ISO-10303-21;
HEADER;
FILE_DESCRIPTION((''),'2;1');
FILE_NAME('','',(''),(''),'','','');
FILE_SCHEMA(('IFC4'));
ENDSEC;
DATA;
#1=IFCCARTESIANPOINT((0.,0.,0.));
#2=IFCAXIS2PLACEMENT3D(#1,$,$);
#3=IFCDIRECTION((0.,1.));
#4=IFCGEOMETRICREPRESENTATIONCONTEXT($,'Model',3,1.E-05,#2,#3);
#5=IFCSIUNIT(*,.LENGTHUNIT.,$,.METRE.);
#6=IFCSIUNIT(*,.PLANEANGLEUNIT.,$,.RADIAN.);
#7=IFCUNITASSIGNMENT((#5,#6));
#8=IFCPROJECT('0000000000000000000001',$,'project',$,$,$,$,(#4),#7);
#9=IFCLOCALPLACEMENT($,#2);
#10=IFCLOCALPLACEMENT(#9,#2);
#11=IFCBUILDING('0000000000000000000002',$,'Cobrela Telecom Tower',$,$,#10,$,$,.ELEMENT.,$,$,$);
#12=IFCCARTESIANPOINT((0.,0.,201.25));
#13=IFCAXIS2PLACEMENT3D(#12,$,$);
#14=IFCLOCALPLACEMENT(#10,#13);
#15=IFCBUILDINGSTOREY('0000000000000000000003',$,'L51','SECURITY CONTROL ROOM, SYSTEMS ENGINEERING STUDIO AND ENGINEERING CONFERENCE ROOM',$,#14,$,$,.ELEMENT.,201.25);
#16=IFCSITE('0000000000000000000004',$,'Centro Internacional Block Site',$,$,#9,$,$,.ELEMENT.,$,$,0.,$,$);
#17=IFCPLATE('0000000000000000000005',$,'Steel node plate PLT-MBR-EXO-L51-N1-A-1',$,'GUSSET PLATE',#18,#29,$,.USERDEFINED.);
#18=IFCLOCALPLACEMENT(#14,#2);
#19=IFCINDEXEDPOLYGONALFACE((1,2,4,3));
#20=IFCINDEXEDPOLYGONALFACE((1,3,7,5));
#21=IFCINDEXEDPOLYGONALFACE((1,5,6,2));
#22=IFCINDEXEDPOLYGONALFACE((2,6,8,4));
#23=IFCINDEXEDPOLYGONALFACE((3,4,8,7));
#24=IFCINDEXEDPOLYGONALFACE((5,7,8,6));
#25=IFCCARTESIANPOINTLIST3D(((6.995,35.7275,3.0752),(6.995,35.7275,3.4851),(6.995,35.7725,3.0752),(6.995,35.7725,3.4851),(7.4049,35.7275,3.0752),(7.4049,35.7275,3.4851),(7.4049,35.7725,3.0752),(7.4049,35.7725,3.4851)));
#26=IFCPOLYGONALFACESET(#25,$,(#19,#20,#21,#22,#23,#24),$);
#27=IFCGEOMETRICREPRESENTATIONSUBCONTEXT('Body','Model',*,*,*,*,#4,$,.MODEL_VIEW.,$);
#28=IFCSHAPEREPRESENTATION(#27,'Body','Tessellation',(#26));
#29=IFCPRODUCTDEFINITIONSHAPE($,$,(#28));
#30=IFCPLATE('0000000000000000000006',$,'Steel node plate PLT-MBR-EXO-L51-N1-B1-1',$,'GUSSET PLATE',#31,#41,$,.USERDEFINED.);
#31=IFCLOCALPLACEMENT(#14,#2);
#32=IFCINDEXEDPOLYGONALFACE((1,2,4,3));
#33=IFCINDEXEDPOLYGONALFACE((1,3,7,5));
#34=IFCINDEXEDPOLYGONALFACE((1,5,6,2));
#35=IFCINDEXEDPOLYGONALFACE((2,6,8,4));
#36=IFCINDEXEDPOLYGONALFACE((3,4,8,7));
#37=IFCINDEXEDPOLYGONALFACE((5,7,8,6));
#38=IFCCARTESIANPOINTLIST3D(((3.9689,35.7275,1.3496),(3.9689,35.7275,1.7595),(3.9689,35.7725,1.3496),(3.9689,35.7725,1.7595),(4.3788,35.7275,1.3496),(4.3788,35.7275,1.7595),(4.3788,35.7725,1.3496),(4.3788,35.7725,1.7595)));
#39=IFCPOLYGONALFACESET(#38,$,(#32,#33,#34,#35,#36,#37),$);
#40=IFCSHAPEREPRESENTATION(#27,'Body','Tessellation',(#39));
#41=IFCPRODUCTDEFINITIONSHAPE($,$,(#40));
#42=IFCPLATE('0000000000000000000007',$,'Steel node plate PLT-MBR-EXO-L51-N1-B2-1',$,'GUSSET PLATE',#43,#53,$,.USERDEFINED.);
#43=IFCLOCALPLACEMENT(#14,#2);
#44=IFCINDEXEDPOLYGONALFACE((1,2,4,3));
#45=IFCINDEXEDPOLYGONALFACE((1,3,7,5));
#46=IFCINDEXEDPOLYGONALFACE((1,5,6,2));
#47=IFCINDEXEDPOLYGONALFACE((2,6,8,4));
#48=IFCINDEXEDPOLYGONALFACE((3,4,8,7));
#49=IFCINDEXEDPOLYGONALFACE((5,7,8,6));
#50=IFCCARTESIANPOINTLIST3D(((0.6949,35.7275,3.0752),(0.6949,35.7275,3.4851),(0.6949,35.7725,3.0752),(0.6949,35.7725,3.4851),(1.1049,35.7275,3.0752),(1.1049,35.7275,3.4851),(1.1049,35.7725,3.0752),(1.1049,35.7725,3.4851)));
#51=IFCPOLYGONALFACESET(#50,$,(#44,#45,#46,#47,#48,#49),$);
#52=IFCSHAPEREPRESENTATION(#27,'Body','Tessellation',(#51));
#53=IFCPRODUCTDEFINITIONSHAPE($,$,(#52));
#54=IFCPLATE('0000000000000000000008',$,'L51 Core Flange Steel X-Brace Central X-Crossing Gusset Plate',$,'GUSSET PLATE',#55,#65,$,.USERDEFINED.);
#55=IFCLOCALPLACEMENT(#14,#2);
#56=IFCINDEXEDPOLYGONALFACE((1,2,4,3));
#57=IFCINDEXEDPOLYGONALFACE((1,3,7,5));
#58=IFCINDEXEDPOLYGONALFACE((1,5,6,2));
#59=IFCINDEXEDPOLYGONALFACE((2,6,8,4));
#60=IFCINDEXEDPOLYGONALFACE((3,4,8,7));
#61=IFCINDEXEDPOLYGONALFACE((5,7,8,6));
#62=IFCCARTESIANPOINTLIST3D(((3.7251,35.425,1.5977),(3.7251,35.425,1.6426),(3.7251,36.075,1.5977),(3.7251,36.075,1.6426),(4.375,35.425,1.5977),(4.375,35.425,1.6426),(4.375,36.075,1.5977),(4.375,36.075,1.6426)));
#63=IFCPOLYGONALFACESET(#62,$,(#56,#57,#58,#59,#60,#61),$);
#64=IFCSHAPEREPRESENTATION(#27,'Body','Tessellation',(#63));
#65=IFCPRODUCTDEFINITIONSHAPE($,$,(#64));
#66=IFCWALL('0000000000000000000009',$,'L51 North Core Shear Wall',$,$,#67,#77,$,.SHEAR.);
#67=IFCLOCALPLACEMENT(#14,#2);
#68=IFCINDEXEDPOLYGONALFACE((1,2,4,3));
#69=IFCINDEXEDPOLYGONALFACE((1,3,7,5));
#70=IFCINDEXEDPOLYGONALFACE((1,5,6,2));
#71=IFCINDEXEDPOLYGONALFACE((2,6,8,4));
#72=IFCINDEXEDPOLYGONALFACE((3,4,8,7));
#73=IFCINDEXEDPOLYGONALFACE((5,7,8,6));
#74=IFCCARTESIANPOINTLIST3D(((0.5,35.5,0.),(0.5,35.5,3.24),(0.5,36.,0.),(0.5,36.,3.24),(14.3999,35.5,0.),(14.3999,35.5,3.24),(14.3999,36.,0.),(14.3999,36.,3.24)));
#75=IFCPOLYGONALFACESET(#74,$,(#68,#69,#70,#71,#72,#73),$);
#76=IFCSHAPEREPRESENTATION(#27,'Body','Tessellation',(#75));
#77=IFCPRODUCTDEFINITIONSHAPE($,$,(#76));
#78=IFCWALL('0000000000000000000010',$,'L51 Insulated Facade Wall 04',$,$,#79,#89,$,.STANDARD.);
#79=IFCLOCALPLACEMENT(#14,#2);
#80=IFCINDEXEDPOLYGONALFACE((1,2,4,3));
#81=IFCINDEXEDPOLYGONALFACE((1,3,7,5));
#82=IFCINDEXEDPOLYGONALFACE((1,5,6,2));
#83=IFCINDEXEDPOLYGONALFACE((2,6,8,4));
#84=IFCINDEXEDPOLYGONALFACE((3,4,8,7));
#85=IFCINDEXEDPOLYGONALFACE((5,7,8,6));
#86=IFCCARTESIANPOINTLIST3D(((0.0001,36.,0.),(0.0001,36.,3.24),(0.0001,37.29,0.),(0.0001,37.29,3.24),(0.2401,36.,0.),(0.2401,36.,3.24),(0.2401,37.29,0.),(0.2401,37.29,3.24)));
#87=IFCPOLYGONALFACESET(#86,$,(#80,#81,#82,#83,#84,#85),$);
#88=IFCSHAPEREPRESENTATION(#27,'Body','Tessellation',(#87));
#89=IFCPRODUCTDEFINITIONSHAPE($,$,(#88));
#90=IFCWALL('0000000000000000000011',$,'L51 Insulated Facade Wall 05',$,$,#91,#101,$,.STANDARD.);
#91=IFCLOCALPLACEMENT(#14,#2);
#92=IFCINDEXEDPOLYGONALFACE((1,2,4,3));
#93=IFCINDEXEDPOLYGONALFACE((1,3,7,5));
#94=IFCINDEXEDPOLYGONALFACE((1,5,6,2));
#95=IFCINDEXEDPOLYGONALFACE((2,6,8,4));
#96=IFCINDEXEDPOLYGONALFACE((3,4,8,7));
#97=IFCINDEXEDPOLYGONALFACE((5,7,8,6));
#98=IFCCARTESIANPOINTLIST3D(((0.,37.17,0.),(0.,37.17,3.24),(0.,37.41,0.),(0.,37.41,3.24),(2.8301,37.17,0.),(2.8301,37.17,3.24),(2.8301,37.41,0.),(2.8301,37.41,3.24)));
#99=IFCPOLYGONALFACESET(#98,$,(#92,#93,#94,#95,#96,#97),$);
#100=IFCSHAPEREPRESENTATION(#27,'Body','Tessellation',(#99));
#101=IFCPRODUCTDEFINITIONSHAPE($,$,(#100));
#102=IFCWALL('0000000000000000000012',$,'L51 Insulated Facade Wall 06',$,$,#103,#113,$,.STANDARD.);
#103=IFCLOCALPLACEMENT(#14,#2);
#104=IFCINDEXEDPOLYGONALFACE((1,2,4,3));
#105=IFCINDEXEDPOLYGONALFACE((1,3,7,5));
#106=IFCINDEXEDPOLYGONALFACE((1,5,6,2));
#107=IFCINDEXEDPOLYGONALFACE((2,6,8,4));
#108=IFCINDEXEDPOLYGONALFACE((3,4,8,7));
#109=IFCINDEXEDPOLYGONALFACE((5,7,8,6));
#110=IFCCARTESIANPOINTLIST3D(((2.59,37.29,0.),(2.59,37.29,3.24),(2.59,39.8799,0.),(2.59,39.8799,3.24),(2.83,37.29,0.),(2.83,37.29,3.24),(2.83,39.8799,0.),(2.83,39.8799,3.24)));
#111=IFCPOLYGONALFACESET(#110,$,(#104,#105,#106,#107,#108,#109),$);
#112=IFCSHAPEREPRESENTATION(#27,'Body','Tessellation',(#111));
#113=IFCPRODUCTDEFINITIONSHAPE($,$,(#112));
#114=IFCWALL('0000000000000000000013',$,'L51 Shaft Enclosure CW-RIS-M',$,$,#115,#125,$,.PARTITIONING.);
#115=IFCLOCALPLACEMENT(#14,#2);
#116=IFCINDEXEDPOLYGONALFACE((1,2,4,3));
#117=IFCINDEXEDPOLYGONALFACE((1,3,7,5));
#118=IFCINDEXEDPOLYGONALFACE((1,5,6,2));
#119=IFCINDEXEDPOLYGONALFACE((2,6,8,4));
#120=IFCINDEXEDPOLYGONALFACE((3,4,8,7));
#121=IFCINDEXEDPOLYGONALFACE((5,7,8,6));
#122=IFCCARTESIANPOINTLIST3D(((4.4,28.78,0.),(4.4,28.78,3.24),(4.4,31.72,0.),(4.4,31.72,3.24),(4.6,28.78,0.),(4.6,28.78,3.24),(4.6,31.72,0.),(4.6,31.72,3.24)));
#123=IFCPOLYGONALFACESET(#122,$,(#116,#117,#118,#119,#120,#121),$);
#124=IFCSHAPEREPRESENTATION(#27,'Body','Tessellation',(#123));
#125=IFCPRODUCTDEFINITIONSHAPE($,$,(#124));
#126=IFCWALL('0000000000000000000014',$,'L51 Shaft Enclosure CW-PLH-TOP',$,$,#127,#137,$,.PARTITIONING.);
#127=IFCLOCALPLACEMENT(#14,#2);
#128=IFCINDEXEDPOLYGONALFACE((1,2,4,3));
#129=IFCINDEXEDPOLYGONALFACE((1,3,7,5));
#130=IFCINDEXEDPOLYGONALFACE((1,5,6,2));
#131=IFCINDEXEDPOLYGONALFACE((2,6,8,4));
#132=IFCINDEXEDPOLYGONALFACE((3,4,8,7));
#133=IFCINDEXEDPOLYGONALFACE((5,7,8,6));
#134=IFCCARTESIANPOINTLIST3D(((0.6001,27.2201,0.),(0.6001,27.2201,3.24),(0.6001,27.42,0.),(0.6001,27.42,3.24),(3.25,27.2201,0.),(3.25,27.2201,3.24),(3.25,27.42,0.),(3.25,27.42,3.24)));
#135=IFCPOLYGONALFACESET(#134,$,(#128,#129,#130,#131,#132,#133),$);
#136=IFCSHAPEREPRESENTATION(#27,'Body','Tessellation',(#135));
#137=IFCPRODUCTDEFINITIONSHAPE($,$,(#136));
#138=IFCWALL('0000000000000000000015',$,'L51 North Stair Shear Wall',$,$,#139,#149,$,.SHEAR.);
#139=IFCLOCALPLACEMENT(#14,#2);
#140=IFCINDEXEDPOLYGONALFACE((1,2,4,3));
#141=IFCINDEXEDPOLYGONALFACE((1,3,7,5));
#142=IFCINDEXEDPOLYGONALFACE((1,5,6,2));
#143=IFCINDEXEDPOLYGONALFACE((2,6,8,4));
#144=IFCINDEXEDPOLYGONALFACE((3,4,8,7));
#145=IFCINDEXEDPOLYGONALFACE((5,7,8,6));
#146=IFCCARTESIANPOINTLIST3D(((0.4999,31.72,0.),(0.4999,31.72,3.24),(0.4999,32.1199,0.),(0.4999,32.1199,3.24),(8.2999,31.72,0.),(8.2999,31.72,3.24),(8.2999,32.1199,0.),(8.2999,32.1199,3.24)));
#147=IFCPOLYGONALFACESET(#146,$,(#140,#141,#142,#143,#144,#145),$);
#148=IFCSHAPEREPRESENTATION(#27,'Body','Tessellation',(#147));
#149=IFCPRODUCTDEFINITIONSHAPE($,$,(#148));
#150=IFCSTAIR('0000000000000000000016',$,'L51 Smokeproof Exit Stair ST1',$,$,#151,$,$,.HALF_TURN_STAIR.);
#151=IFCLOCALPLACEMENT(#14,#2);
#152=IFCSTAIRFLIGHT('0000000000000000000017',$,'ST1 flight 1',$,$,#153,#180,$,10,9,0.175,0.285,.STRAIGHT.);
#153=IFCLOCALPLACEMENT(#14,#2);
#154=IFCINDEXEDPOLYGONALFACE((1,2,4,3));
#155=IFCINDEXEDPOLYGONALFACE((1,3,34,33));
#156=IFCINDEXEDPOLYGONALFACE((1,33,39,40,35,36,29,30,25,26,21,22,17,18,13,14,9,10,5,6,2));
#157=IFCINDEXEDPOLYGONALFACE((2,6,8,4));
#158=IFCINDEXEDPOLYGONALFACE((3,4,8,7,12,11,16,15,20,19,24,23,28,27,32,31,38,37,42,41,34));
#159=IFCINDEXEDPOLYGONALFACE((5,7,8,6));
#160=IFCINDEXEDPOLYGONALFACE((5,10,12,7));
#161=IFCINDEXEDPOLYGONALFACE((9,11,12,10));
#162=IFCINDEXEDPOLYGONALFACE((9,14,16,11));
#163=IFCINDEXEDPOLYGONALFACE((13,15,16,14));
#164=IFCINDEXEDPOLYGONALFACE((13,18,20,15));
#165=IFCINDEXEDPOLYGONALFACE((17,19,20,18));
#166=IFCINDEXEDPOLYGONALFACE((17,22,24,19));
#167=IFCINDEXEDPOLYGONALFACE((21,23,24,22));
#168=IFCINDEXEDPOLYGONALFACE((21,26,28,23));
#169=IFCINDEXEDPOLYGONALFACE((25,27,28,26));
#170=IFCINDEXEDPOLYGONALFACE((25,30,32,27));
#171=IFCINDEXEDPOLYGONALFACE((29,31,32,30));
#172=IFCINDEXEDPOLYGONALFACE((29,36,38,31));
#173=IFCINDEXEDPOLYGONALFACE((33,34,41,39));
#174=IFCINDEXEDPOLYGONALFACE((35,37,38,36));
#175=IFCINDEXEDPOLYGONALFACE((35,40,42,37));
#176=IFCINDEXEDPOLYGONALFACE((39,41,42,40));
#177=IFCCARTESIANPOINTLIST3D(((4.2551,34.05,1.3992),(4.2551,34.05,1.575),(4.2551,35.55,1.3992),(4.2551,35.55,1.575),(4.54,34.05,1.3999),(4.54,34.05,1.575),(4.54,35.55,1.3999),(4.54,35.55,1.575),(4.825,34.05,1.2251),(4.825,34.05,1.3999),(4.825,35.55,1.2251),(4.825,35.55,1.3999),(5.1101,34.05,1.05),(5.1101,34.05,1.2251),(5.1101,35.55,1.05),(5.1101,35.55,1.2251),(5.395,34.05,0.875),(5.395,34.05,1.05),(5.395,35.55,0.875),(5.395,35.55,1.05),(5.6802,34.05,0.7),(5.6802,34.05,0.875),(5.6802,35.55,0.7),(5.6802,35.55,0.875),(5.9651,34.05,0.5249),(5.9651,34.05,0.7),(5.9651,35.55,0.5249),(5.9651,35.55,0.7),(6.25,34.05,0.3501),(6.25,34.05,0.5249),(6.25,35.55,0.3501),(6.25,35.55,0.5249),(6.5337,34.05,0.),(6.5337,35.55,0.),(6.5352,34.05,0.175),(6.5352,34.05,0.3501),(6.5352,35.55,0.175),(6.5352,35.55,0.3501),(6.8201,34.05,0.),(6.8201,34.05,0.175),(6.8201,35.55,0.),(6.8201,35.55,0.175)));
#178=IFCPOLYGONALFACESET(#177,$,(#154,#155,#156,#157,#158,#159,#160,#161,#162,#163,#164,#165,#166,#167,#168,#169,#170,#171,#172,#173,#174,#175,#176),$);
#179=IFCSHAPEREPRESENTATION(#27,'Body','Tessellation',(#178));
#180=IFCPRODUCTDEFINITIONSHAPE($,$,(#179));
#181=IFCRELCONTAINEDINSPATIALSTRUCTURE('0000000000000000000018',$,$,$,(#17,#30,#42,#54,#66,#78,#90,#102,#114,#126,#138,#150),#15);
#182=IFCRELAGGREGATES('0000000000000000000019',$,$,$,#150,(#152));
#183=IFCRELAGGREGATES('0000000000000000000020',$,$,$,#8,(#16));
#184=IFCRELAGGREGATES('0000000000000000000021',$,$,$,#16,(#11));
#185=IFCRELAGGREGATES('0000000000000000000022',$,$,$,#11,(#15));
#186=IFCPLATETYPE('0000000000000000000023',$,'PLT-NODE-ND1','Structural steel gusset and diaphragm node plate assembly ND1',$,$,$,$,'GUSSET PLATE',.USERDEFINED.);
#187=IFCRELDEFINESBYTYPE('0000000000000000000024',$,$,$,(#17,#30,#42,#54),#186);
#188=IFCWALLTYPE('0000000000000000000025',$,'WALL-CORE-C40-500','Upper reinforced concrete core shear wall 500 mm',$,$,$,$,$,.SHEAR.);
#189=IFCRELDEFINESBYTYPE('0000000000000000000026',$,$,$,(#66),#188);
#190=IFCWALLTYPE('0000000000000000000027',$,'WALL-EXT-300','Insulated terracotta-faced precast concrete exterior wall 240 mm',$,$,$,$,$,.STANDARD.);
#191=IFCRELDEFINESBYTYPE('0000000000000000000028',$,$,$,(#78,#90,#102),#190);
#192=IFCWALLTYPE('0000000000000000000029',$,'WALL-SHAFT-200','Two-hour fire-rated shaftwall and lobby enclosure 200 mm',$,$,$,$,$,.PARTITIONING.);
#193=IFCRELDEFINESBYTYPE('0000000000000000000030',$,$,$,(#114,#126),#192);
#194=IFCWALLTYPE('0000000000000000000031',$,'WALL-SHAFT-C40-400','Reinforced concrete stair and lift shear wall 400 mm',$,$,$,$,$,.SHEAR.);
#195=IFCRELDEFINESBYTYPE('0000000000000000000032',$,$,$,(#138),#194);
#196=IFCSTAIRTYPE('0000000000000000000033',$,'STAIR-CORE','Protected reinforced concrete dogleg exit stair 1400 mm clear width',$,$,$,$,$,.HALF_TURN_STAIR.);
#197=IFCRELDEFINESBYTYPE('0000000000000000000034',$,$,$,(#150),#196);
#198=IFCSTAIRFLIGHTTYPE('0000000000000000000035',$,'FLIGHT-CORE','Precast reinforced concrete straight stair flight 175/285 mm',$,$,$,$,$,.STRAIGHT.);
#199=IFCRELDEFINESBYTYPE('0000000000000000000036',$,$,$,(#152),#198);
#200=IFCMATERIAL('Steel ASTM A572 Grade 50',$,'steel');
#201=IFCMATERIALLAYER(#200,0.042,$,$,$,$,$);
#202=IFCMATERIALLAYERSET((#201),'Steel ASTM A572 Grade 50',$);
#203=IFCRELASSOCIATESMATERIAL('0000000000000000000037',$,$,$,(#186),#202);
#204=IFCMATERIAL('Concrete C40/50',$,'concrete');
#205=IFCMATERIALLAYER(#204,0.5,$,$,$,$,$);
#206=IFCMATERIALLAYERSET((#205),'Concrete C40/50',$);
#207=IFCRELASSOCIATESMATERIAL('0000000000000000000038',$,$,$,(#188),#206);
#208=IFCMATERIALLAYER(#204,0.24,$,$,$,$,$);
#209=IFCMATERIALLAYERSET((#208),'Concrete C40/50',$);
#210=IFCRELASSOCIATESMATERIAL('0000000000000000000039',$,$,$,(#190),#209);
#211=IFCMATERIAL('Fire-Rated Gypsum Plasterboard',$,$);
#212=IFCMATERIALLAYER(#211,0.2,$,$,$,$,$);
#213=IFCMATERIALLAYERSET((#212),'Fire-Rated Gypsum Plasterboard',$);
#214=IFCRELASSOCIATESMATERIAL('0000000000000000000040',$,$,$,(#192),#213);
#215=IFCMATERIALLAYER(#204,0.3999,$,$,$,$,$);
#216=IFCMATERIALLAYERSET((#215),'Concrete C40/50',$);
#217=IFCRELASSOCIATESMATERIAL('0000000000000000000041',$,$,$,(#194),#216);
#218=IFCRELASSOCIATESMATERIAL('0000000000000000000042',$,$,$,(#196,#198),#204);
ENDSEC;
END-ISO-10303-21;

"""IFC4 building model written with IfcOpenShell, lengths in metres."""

from ifc_helpers import new_model, si_unit, direction, frame, frame_2d, origin, origin_2d, place, context, subcontext, project, spatial, polyline, rectangle, outline, extrude, material, layer, layer_set, type_object, element, aggregate, save


model = new_model("IFC4")

# Units and contexts
model_context = context("Model", 3, precision=1e-05, world=origin(), true_north=direction((0.0, 1.0)))
body_context = subcontext(model_context, "Body", "Model", "MODEL_VIEW")
ifc_project = project(units=[si_unit("LENGTHUNIT", "METRE"), si_unit("PLANEANGLEUNIT", "RADIAN")], contexts=[model_context])

# Site, building, storey
site_placement = place(None, origin())
site = spatial("IfcSite", under=ifc_project, at=site_placement, Name="Centro Internacional Block Site", CompositionType="ELEMENT", RefElevation=0.0)
building_placement = place(site_placement, origin())
building = spatial("IfcBuilding", under=site, at=building_placement, Name="Cobrela Telecom Tower", CompositionType="ELEMENT")
storey_placement = place(building_placement, frame((0.0, 0.0, 201.25)))
storey = spatial("IfcBuildingStorey", under=building, at=storey_placement, Name="L51", Description="SECURITY CONTROL ROOM, SYSTEMS ENGINEERING STUDIO AND ENGINEERING CONFERENCE ROOM", CompositionType="ELEMENT", Elevation=201.25)

# Shared definitions
ifc_material_1 = material(Name="Steel ASTM A572 Grade 50", Category="steel")

# Plates
ifc_layer_1 = layer(ifc_material_1, 0.042)
ifc_layer_set_1 = layer_set([ifc_layer_1], Name="Steel ASTM A572 Grade 50")
plate_type_1 = type_object("IfcPlateType", Name="PLT-NODE-ND1", Description="Structural steel gusset and diaphragm node plate assembly ND1", ElementType="GUSSET PLATE", PredefinedType="USERDEFINED", material=ifc_layer_set_1)
for number, where, z_axis, x_axis, name in (
    (1, (7.2, 35.75, 3.0752), (0.0, 0.0, 1.0), (1.0, 0.0, 0.0), "Steel node plate PLT-MBR-EXO-L51-N1-A-1"),
    (2, (4.1738, 35.75, 1.3496), (0.0, 0.0, 1.0), (-1.0, 0.0, 0.0), "Steel node plate PLT-MBR-EXO-L51-N1-B1-1"),
    (3, (0.8999, 35.75, 3.0752), (0.0, 0.0, 1.0), (-1.0, 0.0, 0.0), "Steel node plate PLT-MBR-EXO-L51-N1-B2-1"),
):
    element("IfcPlate", number, at=place(storey_placement, frame(where, z_axis=z_axis, x_axis=x_axis)), inside=storey, type_object=plate_type_1, Name=name, ObjectType="GUSSET PLATE", PredefinedType="USERDEFINED", context=body_context, shape_type="SweptSolid", body=[
        extrude(rectangle(XDim=0.4099, YDim=0.0449, at=origin_2d()), origin(), (0.0, 0.0, 1.0), 0.4099),
    ])
plate_1_placement = place(storey_placement, frame((4.05, 35.75, 1.5977), z_axis=(0.0, 0.0, 1.0), x_axis=(1.0, 0.0, 0.0)))
element("IfcPlate", 4, at=plate_1_placement, inside=storey, type_object=plate_type_1, Name="L51 Core Flange Steel X-Brace Central X-Crossing Gusset Plate", ObjectType="GUSSET PLATE", PredefinedType="USERDEFINED", context=body_context, shape_type="SweptSolid", body=[
    extrude(rectangle(XDim=0.6499, YDim=0.6499, at=origin_2d()), origin(), (0.0, 0.0, 1.0), 0.0449),
])

# Walls
ifc_material_2 = material(Name="Concrete C40/50", Category="concrete")
ifc_layer_2 = layer(ifc_material_2, 0.5)
ifc_layer_set_2 = layer_set([ifc_layer_2], Name="Concrete C40/50")
wall_type_1 = type_object("IfcWallType", Name="WALL-CORE-C40-500", Description="Upper reinforced concrete core shear wall 500 mm", PredefinedType="SHEAR", material=ifc_layer_set_2)
wall_1_placement = place(storey_placement, frame((0.5, 35.75, 0.0), z_axis=(0.0, 0.0, 1.0), x_axis=(1.0, 0.0, 0.0)))
element("IfcWall", 5, at=wall_1_placement, inside=storey, type_object=wall_type_1, Name="L51 North Core Shear Wall", PredefinedType="SHEAR", context=body_context, shape_type="SweptSolid", body=[
    extrude(rectangle(XDim=13.8999, YDim=0.5, at=frame_2d((6.95, 0.0))), origin(), (0.0, 0.0, 1.0), 3.24),
])
ifc_layer_3 = layer(ifc_material_2, 0.24)
ifc_layer_set_3 = layer_set([ifc_layer_3], Name="Concrete C40/50")
wall_type_2 = type_object("IfcWallType", Name="WALL-EXT-300", Description="Insulated terracotta-faced precast concrete exterior wall 240 mm", PredefinedType="STANDARD", material=ifc_layer_set_3)
wall_2_placement = place(storey_placement, frame((0.1201, 36.0, 0.0), z_axis=(0.0, 0.0, 1.0), x_axis=(0.0, 1.0, 0.0)))
element("IfcWall", 6, at=wall_2_placement, inside=storey, type_object=wall_type_2, Name="L51 Insulated Facade Wall 04", PredefinedType="STANDARD", context=body_context, shape_type="SweptSolid", body=[
    extrude(rectangle(XDim=1.29, YDim=0.24, at=frame_2d((0.645, 0.0))), origin(), (0.0, 0.0, 1.0), 3.24),
])
wall_3_placement = place(storey_placement, frame((0.0, 37.29, 0.0), z_axis=(0.0, 0.0, 1.0), x_axis=(1.0, 0.0, 0.0)))
element("IfcWall", 7, at=wall_3_placement, inside=storey, type_object=wall_type_2, Name="L51 Insulated Facade Wall 05", PredefinedType="STANDARD", context=body_context, shape_type="SweptSolid", body=[
    extrude(rectangle(XDim=2.8301, YDim=0.24, at=frame_2d((1.415, 0.0))), origin(), (0.0, 0.0, 1.0), 3.24),
])
wall_4_placement = place(storey_placement, frame((2.71, 37.29, 0.0), z_axis=(0.0, 0.0, 1.0), x_axis=(0.0, 1.0, 0.0)))
element("IfcWall", 8, at=wall_4_placement, inside=storey, type_object=wall_type_2, Name="L51 Insulated Facade Wall 06", PredefinedType="STANDARD", context=body_context, shape_type="SweptSolid", body=[
    extrude(rectangle(XDim=2.5898, YDim=0.24, at=frame_2d((1.2949, 0.0))), origin(), (0.0, 0.0, 1.0), 3.24),
])

# Shared definitions
ifc_material_3 = material(Name="Fire-Rated Gypsum Plasterboard")
ifc_layer_4 = layer(ifc_material_3, 0.2)
ifc_layer_set_4 = layer_set([ifc_layer_4], Name="Fire-Rated Gypsum Plasterboard")
wall_type_3 = type_object("IfcWallType", Name="WALL-SHAFT-200", Description="Two-hour fire-rated shaftwall and lobby enclosure 200 mm", PredefinedType="PARTITIONING", material=ifc_layer_set_4)

# Walls
wall_5_placement = place(storey_placement, frame((4.5, 28.78, 0.0), z_axis=(0.0, 0.0, 1.0), x_axis=(0.0, 1.0, 0.0)))
element("IfcWall", 9, at=wall_5_placement, inside=storey, type_object=wall_type_3, Name="L51 Shaft Enclosure CW-RIS-M", PredefinedType="PARTITIONING", context=body_context, shape_type="SweptSolid", body=[
    extrude(rectangle(XDim=2.9399, YDim=0.2, at=frame_2d((1.47, 0.0))), origin(), (0.0, 0.0, 1.0), 3.24),
])
wall_6_placement = place(storey_placement, frame((0.6001, 27.3201, 0.0), z_axis=(0.0, 0.0, 1.0), x_axis=(1.0, 0.0, 0.0)))
element("IfcWall", 10, at=wall_6_placement, inside=storey, type_object=wall_type_3, Name="L51 Shaft Enclosure CW-PLH-TOP", PredefinedType="PARTITIONING", context=body_context, shape_type="SweptSolid", body=[
    extrude(rectangle(XDim=2.6499, YDim=0.2, at=frame_2d((1.325, 0.0))), origin(), (0.0, 0.0, 1.0), 3.24),
])
ifc_layer_5 = layer(ifc_material_2, 0.3999)
ifc_layer_set_5 = layer_set([ifc_layer_5], Name="Concrete C40/50")
wall_type_4 = type_object("IfcWallType", Name="WALL-SHAFT-C40-400", Description="Reinforced concrete stair and lift shear wall 400 mm", PredefinedType="SHEAR", material=ifc_layer_set_5)
wall_7_placement = place(storey_placement, frame((0.5, 31.9199, 0.0), z_axis=(0.0, 0.0, 1.0), x_axis=(1.0, 0.0, 0.0)))
element("IfcWall", 11, at=wall_7_placement, inside=storey, type_object=wall_type_4, Name="L51 North Stair Shear Wall", PredefinedType="SHEAR", context=body_context, shape_type="SweptSolid", body=[
    extrude(rectangle(XDim=7.8, YDim=0.3999, at=frame_2d((3.8999, 0.0))), origin(), (0.0, 0.0, 1.0), 3.24),
])

# Stair, stair flight
stair_type = type_object("IfcStairType", Name="STAIR-CORE", Description="Protected reinforced concrete dogleg exit stair 1400 mm clear width", PredefinedType="HALF_TURN_STAIR", material=ifc_material_2)
stair_placement = place(storey_placement, origin())
stair = element("IfcStair", 12, at=stair_placement, inside=storey, type_object=stair_type, Name="L51 Smokeproof Exit Stair ST1", PredefinedType="HALF_TURN_STAIR")
stair_flight_type = type_object("IfcStairFlightType", Name="FLIGHT-CORE", Description="Precast reinforced concrete straight stair flight 175/285 mm", PredefinedType="STRAIGHT", material=ifc_material_2)
stair_flight_1_placement = place(storey_placement, frame((6.8201, 34.8, 0.0), z_axis=(0.0, 0.0, 1.0), x_axis=(-1.0, 0.0, 0.0)))
stair_flight_1 = element("IfcStairFlight", 13, at=stair_flight_1_placement, type_object=stair_flight_type, Name="ST1 flight 1", NumberOfRisers=10, NumberOfTreads=9, PredefinedType="STRAIGHT", RiserHeight=0.175, TreadLength=0.285, context=body_context, shape_type="SweptSolid", body=[
    extrude(outline(polyline([(0.0, 0.0), (0.0, 0.175), (0.2849, 0.175), (0.2849, 0.3501), (0.5701, 0.3501), (0.5701, 0.5249), (0.855, 0.5249), (0.855, 0.7), (1.1399, 0.7), (1.1399, 0.875), (1.425, 0.875), (1.425, 1.05), (1.71, 1.05), (1.71, 1.2251), (1.9951, 1.2251), (1.9951, 1.3999), (2.28, 1.3999), (2.28, 1.575), (2.5649, 1.575), (2.5649, 1.75), (2.5649, 1.3992), (0.2864, 0.0), (0.0, 0.0)])), frame((0.0, 0.75, 0.0), z_axis=(0.0, -1.0, 0.0), x_axis=(1.0, 0.0, 0.0)), (0.0, 0.0, 1.0), 1.5),
])
aggregate(stair, [stair_flight_1])

save(model, "model.ifc")
